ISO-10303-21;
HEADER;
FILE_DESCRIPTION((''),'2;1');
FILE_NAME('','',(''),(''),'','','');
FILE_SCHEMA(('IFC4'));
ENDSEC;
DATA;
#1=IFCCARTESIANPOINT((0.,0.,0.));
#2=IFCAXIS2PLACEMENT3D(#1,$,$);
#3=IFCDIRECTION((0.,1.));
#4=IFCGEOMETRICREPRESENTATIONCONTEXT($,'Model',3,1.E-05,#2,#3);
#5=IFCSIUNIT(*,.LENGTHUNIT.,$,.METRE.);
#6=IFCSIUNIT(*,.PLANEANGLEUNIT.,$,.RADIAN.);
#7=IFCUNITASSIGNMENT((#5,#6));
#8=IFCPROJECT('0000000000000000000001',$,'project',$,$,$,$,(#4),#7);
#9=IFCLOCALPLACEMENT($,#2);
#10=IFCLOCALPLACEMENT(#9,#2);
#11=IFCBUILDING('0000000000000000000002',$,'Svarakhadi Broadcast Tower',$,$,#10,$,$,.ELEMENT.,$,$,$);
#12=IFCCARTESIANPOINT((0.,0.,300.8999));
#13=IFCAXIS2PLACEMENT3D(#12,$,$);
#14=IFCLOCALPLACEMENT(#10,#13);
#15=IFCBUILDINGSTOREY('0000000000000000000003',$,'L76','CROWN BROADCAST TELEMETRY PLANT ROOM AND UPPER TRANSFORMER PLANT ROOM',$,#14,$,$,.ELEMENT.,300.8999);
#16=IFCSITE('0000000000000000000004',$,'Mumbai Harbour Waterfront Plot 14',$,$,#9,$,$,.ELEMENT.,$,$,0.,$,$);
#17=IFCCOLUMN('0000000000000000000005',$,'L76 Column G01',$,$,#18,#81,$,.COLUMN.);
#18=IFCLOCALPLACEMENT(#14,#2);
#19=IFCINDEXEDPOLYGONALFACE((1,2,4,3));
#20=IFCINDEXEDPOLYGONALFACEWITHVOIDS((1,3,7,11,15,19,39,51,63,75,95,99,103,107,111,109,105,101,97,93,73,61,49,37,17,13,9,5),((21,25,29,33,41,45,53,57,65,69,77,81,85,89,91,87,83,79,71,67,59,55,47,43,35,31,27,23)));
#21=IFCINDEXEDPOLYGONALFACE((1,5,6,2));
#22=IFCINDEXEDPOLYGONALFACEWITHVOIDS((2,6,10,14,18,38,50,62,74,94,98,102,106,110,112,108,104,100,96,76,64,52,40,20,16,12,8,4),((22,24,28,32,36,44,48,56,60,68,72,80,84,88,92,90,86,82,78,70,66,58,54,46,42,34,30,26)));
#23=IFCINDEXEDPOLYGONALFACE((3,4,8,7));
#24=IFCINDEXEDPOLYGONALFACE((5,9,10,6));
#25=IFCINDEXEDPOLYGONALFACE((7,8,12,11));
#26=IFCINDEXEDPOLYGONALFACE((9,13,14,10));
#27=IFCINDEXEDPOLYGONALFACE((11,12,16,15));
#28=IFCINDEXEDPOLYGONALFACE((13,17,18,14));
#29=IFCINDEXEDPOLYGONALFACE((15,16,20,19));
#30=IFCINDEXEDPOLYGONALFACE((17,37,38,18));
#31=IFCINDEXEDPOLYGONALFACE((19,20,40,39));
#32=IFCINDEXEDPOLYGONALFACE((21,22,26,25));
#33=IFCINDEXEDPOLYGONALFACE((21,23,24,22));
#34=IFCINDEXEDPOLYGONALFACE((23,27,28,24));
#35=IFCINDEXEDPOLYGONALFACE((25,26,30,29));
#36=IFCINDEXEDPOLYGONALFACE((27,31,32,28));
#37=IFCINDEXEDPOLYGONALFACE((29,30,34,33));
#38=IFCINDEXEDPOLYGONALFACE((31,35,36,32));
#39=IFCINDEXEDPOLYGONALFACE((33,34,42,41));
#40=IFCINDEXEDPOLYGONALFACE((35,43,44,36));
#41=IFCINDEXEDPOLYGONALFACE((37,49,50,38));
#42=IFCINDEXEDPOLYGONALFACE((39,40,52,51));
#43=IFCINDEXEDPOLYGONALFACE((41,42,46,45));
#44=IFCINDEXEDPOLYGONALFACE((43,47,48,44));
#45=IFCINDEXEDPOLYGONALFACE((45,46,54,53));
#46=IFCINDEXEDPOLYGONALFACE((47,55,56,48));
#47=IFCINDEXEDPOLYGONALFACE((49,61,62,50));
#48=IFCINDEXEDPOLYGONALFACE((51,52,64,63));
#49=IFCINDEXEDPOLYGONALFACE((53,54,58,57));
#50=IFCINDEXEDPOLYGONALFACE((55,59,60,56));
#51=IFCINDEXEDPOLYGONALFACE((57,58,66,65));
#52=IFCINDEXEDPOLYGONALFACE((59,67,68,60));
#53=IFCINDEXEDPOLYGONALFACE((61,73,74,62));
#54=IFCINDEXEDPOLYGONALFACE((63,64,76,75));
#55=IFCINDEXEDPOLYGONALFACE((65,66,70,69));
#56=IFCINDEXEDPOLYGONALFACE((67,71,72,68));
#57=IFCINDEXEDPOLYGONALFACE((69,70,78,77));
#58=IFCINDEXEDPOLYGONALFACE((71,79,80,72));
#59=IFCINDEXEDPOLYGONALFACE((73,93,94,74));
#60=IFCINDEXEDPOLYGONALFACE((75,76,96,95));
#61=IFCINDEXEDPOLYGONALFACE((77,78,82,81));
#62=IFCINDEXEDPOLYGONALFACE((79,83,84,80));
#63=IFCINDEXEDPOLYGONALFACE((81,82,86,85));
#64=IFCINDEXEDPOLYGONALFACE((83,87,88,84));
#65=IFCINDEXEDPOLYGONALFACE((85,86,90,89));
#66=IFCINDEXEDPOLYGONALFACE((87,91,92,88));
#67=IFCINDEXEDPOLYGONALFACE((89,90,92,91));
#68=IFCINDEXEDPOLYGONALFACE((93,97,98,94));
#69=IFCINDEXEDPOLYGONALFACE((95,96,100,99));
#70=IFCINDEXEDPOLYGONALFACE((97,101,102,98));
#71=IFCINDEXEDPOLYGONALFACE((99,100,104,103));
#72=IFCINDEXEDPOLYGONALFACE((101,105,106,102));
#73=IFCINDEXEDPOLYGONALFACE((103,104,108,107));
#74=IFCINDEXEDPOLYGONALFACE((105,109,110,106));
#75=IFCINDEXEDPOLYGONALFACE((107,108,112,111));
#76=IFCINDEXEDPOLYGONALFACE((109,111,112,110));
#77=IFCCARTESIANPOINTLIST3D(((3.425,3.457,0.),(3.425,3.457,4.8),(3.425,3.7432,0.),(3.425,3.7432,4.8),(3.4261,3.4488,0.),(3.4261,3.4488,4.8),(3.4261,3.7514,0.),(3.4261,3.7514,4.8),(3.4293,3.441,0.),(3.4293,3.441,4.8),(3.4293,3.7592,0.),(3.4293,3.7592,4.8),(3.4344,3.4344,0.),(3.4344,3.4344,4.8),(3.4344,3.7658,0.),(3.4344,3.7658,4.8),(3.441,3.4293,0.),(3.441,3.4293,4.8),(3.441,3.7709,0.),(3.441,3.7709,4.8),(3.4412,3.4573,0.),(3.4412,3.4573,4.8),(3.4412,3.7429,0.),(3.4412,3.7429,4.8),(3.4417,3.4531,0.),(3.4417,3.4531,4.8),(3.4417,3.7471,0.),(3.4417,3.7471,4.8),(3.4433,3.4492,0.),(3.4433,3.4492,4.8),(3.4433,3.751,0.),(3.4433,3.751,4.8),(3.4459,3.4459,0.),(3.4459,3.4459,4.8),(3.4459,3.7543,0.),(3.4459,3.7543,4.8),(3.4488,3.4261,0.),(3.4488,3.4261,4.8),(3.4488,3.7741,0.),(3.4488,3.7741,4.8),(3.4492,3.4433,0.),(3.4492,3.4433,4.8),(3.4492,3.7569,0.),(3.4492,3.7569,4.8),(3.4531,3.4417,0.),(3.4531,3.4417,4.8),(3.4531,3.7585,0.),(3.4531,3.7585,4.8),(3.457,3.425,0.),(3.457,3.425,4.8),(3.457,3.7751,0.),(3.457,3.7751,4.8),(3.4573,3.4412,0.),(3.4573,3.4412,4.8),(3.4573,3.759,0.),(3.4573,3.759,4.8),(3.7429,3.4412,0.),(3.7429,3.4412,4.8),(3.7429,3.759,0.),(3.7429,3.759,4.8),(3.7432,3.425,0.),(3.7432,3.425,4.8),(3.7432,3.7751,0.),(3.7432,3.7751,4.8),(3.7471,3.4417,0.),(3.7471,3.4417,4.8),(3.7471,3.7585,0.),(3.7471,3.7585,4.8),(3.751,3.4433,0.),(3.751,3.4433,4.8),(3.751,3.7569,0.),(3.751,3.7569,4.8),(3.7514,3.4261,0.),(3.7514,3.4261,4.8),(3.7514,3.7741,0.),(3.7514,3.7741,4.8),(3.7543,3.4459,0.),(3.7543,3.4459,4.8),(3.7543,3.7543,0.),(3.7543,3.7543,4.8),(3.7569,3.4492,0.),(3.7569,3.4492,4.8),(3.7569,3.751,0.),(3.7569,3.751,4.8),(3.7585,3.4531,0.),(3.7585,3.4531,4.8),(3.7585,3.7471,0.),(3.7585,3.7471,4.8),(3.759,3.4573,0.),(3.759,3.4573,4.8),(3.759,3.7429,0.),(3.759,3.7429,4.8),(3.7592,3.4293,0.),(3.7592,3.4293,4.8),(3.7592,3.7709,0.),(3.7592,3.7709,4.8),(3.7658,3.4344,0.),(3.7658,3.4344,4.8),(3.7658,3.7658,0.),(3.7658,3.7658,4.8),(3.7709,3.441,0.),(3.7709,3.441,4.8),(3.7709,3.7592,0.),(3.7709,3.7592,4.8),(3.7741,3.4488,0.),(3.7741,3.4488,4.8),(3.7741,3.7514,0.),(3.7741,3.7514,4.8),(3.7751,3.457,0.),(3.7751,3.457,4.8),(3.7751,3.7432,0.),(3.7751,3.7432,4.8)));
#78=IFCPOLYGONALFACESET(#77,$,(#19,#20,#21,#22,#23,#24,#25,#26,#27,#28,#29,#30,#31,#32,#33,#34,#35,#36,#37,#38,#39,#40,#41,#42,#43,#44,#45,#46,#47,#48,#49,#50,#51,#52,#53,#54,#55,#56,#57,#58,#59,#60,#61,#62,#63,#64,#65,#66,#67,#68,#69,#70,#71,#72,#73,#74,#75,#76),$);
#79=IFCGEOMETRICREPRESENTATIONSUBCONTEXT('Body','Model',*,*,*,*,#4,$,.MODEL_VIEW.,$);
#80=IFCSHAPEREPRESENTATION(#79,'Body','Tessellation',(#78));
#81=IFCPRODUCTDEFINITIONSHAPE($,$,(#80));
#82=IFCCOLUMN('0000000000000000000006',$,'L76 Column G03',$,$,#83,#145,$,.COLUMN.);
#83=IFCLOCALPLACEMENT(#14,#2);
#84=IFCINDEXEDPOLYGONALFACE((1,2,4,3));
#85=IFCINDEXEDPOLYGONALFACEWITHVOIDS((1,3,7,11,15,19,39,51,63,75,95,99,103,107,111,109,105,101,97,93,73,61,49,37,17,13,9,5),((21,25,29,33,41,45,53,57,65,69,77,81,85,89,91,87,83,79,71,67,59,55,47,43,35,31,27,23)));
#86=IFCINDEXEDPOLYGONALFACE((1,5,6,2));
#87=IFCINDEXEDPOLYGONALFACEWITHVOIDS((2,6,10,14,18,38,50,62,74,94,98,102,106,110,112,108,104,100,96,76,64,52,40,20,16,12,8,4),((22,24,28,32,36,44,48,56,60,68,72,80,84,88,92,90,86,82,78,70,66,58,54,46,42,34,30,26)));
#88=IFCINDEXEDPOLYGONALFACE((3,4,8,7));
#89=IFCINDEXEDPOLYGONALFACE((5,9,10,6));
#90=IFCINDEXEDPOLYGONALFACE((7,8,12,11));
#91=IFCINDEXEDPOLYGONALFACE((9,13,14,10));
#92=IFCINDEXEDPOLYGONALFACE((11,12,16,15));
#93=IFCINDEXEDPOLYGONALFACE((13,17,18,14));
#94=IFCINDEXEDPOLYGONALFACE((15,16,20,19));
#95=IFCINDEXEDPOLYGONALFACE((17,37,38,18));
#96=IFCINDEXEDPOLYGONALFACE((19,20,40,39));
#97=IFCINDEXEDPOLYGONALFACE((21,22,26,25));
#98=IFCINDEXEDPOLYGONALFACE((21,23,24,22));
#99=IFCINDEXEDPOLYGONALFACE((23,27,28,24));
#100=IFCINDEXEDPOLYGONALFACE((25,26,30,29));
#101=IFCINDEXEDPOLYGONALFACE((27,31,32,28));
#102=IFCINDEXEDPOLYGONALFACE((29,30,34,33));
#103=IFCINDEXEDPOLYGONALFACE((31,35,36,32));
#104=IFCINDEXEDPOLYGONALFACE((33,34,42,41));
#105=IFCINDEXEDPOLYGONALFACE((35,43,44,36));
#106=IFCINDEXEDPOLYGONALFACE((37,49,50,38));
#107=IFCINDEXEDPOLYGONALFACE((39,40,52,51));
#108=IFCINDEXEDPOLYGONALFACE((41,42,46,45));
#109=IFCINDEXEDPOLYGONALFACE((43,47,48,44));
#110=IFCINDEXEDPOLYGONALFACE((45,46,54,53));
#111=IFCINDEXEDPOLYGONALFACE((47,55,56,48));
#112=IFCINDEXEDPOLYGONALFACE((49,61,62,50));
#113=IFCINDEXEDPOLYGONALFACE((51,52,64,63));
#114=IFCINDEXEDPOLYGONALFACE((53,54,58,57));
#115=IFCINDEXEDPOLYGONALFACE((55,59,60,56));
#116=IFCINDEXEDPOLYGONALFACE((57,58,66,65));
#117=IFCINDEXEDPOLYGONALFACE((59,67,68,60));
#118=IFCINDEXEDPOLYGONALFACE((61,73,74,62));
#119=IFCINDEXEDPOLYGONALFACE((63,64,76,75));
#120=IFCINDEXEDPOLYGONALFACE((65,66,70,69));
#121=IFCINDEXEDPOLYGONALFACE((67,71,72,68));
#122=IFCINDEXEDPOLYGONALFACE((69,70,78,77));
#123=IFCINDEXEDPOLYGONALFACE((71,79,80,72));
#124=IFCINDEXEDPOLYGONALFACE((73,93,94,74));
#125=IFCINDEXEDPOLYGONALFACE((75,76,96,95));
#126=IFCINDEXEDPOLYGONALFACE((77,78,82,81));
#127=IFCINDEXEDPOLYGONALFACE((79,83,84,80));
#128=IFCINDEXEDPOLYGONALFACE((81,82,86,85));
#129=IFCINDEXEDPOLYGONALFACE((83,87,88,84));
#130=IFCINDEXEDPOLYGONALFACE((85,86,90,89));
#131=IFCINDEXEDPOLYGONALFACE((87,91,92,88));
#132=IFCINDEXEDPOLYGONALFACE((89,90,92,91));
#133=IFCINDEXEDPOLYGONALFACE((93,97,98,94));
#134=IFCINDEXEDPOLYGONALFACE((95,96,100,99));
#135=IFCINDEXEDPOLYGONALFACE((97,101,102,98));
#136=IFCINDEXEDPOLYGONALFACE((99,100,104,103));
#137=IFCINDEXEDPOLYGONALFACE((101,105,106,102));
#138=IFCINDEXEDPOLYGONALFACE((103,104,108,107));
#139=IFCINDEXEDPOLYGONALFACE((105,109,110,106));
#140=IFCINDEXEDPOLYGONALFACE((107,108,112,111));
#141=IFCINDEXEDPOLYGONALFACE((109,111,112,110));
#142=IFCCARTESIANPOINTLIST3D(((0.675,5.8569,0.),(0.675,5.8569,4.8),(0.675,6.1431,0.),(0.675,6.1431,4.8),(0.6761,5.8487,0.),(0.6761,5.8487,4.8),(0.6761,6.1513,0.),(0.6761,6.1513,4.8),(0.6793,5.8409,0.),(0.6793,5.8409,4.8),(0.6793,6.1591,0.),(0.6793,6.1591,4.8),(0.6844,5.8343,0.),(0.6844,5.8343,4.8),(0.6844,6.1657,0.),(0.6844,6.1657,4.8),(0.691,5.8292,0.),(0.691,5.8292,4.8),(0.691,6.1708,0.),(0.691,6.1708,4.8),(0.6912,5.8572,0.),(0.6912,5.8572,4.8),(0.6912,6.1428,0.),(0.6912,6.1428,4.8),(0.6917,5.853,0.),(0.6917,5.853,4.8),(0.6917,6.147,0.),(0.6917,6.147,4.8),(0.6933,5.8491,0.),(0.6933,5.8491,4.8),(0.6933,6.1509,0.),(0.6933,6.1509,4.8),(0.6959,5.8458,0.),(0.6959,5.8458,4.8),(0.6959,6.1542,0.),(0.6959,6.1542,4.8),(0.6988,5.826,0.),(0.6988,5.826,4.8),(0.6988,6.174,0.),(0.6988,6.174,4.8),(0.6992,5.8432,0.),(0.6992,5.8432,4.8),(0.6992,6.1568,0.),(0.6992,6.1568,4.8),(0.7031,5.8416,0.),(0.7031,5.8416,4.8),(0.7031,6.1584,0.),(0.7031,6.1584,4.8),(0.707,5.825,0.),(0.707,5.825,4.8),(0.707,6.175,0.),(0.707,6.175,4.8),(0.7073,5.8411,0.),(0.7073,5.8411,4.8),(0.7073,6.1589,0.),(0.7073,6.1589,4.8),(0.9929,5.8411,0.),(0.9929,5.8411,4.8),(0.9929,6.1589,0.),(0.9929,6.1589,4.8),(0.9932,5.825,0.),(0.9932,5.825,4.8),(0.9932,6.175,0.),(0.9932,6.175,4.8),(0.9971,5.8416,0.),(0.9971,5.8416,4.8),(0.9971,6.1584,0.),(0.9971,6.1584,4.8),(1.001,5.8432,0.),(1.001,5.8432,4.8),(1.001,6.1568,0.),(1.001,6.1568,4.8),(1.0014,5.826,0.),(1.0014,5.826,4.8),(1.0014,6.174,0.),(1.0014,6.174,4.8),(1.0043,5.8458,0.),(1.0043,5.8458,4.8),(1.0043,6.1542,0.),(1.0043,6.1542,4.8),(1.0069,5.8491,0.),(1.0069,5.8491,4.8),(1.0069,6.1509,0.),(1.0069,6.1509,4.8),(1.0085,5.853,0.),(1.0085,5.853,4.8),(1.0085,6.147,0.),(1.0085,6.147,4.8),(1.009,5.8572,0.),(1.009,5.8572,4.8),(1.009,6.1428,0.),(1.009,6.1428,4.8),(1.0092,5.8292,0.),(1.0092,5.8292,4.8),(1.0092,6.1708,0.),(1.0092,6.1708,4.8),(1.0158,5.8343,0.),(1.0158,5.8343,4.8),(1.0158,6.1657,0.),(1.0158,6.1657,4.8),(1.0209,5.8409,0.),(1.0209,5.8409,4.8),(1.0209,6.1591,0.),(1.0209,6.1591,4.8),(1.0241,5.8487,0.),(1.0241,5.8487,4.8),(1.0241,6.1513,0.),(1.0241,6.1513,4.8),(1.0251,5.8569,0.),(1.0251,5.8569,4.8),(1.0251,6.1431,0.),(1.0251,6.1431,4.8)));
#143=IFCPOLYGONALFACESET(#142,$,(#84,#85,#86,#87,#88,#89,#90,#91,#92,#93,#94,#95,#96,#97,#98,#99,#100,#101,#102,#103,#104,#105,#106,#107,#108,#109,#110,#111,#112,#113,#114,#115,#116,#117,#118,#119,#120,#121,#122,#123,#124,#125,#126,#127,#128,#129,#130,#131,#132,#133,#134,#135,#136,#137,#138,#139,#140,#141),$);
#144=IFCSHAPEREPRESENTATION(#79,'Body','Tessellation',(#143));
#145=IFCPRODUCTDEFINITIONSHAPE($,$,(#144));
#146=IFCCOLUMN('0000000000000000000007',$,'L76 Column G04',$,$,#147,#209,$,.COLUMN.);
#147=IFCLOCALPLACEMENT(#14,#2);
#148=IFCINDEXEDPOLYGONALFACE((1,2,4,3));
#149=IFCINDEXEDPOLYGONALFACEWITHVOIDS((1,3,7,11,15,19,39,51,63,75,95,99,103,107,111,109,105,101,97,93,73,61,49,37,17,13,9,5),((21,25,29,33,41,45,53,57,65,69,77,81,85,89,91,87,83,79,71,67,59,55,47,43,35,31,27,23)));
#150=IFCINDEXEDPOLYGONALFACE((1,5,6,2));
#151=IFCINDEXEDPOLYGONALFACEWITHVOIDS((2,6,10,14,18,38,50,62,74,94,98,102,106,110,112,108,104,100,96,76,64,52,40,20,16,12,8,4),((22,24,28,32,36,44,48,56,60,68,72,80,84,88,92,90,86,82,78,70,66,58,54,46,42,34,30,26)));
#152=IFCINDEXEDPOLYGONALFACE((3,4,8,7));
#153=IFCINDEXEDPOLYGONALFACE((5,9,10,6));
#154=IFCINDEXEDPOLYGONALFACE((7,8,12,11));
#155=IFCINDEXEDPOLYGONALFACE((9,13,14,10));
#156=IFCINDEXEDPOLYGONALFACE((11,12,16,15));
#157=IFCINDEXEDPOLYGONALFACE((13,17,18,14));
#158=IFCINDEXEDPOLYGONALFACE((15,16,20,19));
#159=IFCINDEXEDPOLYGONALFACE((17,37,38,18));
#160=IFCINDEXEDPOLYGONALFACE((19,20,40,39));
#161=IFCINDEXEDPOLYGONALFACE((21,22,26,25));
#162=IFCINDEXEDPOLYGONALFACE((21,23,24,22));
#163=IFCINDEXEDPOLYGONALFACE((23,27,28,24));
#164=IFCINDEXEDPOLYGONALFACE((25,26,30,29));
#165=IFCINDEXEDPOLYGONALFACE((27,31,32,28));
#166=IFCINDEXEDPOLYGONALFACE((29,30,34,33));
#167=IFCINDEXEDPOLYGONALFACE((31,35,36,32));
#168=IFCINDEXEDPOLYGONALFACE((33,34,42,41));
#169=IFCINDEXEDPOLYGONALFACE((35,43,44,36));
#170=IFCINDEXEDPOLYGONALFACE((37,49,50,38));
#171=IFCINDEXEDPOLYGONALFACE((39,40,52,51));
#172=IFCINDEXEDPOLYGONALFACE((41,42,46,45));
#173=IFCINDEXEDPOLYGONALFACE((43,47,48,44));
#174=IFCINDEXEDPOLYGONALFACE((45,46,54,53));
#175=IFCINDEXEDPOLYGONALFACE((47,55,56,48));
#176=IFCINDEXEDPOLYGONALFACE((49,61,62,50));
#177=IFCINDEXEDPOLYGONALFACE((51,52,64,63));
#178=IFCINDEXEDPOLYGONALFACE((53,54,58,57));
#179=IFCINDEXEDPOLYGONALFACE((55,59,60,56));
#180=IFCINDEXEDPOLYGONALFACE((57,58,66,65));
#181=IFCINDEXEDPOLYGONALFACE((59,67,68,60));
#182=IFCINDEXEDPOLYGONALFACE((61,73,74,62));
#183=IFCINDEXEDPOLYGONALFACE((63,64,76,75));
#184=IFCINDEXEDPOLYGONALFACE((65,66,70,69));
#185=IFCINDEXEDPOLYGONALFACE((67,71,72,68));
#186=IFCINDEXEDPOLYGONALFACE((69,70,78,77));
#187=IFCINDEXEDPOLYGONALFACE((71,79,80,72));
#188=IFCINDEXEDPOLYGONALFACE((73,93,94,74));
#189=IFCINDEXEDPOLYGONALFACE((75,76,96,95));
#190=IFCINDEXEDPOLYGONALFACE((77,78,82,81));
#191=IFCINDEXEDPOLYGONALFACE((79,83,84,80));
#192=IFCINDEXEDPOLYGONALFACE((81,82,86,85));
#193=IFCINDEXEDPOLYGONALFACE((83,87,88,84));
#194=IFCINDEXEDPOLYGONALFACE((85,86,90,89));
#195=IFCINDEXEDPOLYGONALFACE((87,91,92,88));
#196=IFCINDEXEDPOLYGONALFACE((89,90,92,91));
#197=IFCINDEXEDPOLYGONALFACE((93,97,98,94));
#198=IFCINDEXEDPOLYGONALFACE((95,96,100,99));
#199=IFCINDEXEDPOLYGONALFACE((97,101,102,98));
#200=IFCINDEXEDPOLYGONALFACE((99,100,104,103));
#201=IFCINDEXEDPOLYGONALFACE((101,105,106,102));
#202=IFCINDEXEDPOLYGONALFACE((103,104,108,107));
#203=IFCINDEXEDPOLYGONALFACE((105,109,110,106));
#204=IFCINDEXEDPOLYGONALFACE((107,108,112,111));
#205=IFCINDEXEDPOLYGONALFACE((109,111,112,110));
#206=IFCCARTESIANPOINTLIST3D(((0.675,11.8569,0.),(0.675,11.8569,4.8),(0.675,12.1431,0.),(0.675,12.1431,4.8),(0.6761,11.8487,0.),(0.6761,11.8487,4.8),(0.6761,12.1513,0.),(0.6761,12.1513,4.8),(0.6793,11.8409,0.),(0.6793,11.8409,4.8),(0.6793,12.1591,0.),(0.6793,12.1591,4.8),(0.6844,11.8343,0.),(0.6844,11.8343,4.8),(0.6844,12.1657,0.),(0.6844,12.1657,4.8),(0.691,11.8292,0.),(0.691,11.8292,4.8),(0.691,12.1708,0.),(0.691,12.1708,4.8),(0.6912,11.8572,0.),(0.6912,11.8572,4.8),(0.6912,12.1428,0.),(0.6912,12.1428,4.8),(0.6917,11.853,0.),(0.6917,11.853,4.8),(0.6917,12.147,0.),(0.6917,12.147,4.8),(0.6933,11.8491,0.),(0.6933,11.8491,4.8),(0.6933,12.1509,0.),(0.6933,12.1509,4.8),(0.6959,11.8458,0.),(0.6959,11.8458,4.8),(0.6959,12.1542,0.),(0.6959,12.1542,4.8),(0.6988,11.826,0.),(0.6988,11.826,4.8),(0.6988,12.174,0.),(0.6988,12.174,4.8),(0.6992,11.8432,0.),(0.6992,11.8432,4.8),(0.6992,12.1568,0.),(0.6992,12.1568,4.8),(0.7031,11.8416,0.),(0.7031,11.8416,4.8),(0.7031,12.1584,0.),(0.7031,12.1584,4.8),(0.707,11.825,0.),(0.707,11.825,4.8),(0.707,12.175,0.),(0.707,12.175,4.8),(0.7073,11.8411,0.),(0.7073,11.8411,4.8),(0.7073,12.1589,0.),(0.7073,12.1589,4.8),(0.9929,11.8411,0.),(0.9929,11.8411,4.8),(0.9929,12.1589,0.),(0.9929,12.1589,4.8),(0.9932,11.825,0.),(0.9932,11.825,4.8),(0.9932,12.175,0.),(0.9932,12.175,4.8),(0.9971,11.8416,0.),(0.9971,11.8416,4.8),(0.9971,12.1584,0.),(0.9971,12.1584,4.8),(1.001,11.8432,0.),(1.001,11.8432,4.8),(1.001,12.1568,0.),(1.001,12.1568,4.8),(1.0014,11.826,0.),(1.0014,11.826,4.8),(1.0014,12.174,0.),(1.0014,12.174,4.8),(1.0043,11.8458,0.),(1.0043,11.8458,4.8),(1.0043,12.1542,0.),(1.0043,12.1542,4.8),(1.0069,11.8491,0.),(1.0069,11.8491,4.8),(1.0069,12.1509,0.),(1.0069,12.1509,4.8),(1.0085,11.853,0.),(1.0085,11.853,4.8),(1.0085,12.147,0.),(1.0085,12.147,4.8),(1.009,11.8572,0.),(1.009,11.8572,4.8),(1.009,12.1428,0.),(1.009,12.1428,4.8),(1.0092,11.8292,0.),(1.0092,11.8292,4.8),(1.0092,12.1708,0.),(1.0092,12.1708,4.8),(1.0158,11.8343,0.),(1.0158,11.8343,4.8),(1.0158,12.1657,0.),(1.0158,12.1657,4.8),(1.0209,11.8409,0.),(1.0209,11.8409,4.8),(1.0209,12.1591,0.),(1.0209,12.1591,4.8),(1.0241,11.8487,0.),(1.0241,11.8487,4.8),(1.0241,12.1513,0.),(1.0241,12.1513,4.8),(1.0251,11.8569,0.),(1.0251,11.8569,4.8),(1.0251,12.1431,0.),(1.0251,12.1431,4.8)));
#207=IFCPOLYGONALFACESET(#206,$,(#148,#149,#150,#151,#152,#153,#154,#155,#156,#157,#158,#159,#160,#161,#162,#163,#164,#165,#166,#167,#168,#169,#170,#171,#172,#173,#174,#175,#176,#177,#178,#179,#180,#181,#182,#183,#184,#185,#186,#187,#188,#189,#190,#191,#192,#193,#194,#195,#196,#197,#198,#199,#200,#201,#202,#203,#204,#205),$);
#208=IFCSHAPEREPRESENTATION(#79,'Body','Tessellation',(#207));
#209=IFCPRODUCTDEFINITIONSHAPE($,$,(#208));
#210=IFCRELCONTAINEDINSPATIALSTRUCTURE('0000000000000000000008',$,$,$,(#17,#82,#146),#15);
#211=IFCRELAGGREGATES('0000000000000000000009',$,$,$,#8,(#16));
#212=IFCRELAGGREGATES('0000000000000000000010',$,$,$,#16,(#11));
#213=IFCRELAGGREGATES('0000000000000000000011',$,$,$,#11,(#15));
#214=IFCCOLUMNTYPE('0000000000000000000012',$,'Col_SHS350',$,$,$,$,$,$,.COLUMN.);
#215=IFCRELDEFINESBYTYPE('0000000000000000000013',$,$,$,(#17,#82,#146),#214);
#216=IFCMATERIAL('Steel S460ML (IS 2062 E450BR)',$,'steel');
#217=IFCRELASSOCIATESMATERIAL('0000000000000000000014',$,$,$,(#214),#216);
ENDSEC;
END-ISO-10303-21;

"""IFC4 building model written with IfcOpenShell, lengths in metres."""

from ifc_helpers import new_model, si_unit, direction, frame, origin, origin_2d, place, context, subcontext, project, spatial, hollow_rectangle, extrude, material, material_profile, profile_set, type_object, element, save


model = new_model("IFC4")

# Units and contexts
model_context = context("Model", 3, precision=1e-05, world=origin(), true_north=direction((0.0, 1.0)))
body_context = subcontext(model_context, "Body", "Model", "MODEL_VIEW")
ifc_project = project(units=[si_unit("LENGTHUNIT", "METRE"), si_unit("PLANEANGLEUNIT", "RADIAN")], contexts=[model_context])

# Site, building, storey
site_placement = place(None, origin())
site = spatial("IfcSite", under=ifc_project, at=site_placement, Name="Mumbai Harbour Waterfront Plot 14", CompositionType="ELEMENT", RefElevation=0.0)
building_placement = place(site_placement, origin())
building = spatial("IfcBuilding", under=site, at=building_placement, Name="Svarakhadi Broadcast Tower", CompositionType="ELEMENT")
storey_placement = place(building_placement, frame((0.0, 0.0, 300.8999)))
storey = spatial("IfcBuildingStorey", under=building, at=storey_placement, Name="L76", Description="CROWN BROADCAST TELEMETRY PLANT ROOM AND UPPER TRANSFORMER PLANT ROOM", CompositionType="ELEMENT", Elevation=300.8999)

# Columns
ifc_material_1 = material(Name="Steel S460ML (IS 2062 E450BR)", Category="steel")
ifc_material_profile_1 = material_profile(ifc_material_1, hollow_rectangle(XDim=0.3501, YDim=0.3501, WallThickness=0.0161, InnerFilletRadius=0.0161, OuterFilletRadius=0.032, at=origin_2d()), Name="SHS 350x350x16")
ifc_profile_set_1 = profile_set([ifc_material_profile_1], Name="Steel S460ML (IS 2062 E450BR)")
column_type = type_object("IfcColumnType", Name="Col_SHS350", PredefinedType="COLUMN", material=ifc_profile_set_1)
for number, where, z_axis, x_axis, name in (
    (1, (3.6001, 3.6001, 0.0), (0.0, 0.0, 1.0), (1.0, 0.0, 0.0), "L76 Column G01"),
    (2, (0.8501, 6.0, 0.0), (0.0, 0.0, 1.0), (1.0, 0.0, 0.0), "L76 Column G03"),
    (3, (0.8501, 12.0, 0.0), (0.0, 0.0, 1.0), (1.0, 0.0, 0.0), "L76 Column G04"),
):
    element("IfcColumn", number, at=place(storey_placement, frame(where, z_axis=z_axis, x_axis=x_axis)), inside=storey, type_object=column_type, Name=name, PredefinedType="COLUMN", context=body_context, shape_type="SweptSolid", body=[
        extrude(hollow_rectangle(XDim=0.3501, YDim=0.3501, WallThickness=0.0161, InnerFilletRadius=0.0161, OuterFilletRadius=0.032, at=origin_2d()), origin(), (0.0, 0.0, 1.0), 4.8),
    ])

save(model, "model.ifc")
